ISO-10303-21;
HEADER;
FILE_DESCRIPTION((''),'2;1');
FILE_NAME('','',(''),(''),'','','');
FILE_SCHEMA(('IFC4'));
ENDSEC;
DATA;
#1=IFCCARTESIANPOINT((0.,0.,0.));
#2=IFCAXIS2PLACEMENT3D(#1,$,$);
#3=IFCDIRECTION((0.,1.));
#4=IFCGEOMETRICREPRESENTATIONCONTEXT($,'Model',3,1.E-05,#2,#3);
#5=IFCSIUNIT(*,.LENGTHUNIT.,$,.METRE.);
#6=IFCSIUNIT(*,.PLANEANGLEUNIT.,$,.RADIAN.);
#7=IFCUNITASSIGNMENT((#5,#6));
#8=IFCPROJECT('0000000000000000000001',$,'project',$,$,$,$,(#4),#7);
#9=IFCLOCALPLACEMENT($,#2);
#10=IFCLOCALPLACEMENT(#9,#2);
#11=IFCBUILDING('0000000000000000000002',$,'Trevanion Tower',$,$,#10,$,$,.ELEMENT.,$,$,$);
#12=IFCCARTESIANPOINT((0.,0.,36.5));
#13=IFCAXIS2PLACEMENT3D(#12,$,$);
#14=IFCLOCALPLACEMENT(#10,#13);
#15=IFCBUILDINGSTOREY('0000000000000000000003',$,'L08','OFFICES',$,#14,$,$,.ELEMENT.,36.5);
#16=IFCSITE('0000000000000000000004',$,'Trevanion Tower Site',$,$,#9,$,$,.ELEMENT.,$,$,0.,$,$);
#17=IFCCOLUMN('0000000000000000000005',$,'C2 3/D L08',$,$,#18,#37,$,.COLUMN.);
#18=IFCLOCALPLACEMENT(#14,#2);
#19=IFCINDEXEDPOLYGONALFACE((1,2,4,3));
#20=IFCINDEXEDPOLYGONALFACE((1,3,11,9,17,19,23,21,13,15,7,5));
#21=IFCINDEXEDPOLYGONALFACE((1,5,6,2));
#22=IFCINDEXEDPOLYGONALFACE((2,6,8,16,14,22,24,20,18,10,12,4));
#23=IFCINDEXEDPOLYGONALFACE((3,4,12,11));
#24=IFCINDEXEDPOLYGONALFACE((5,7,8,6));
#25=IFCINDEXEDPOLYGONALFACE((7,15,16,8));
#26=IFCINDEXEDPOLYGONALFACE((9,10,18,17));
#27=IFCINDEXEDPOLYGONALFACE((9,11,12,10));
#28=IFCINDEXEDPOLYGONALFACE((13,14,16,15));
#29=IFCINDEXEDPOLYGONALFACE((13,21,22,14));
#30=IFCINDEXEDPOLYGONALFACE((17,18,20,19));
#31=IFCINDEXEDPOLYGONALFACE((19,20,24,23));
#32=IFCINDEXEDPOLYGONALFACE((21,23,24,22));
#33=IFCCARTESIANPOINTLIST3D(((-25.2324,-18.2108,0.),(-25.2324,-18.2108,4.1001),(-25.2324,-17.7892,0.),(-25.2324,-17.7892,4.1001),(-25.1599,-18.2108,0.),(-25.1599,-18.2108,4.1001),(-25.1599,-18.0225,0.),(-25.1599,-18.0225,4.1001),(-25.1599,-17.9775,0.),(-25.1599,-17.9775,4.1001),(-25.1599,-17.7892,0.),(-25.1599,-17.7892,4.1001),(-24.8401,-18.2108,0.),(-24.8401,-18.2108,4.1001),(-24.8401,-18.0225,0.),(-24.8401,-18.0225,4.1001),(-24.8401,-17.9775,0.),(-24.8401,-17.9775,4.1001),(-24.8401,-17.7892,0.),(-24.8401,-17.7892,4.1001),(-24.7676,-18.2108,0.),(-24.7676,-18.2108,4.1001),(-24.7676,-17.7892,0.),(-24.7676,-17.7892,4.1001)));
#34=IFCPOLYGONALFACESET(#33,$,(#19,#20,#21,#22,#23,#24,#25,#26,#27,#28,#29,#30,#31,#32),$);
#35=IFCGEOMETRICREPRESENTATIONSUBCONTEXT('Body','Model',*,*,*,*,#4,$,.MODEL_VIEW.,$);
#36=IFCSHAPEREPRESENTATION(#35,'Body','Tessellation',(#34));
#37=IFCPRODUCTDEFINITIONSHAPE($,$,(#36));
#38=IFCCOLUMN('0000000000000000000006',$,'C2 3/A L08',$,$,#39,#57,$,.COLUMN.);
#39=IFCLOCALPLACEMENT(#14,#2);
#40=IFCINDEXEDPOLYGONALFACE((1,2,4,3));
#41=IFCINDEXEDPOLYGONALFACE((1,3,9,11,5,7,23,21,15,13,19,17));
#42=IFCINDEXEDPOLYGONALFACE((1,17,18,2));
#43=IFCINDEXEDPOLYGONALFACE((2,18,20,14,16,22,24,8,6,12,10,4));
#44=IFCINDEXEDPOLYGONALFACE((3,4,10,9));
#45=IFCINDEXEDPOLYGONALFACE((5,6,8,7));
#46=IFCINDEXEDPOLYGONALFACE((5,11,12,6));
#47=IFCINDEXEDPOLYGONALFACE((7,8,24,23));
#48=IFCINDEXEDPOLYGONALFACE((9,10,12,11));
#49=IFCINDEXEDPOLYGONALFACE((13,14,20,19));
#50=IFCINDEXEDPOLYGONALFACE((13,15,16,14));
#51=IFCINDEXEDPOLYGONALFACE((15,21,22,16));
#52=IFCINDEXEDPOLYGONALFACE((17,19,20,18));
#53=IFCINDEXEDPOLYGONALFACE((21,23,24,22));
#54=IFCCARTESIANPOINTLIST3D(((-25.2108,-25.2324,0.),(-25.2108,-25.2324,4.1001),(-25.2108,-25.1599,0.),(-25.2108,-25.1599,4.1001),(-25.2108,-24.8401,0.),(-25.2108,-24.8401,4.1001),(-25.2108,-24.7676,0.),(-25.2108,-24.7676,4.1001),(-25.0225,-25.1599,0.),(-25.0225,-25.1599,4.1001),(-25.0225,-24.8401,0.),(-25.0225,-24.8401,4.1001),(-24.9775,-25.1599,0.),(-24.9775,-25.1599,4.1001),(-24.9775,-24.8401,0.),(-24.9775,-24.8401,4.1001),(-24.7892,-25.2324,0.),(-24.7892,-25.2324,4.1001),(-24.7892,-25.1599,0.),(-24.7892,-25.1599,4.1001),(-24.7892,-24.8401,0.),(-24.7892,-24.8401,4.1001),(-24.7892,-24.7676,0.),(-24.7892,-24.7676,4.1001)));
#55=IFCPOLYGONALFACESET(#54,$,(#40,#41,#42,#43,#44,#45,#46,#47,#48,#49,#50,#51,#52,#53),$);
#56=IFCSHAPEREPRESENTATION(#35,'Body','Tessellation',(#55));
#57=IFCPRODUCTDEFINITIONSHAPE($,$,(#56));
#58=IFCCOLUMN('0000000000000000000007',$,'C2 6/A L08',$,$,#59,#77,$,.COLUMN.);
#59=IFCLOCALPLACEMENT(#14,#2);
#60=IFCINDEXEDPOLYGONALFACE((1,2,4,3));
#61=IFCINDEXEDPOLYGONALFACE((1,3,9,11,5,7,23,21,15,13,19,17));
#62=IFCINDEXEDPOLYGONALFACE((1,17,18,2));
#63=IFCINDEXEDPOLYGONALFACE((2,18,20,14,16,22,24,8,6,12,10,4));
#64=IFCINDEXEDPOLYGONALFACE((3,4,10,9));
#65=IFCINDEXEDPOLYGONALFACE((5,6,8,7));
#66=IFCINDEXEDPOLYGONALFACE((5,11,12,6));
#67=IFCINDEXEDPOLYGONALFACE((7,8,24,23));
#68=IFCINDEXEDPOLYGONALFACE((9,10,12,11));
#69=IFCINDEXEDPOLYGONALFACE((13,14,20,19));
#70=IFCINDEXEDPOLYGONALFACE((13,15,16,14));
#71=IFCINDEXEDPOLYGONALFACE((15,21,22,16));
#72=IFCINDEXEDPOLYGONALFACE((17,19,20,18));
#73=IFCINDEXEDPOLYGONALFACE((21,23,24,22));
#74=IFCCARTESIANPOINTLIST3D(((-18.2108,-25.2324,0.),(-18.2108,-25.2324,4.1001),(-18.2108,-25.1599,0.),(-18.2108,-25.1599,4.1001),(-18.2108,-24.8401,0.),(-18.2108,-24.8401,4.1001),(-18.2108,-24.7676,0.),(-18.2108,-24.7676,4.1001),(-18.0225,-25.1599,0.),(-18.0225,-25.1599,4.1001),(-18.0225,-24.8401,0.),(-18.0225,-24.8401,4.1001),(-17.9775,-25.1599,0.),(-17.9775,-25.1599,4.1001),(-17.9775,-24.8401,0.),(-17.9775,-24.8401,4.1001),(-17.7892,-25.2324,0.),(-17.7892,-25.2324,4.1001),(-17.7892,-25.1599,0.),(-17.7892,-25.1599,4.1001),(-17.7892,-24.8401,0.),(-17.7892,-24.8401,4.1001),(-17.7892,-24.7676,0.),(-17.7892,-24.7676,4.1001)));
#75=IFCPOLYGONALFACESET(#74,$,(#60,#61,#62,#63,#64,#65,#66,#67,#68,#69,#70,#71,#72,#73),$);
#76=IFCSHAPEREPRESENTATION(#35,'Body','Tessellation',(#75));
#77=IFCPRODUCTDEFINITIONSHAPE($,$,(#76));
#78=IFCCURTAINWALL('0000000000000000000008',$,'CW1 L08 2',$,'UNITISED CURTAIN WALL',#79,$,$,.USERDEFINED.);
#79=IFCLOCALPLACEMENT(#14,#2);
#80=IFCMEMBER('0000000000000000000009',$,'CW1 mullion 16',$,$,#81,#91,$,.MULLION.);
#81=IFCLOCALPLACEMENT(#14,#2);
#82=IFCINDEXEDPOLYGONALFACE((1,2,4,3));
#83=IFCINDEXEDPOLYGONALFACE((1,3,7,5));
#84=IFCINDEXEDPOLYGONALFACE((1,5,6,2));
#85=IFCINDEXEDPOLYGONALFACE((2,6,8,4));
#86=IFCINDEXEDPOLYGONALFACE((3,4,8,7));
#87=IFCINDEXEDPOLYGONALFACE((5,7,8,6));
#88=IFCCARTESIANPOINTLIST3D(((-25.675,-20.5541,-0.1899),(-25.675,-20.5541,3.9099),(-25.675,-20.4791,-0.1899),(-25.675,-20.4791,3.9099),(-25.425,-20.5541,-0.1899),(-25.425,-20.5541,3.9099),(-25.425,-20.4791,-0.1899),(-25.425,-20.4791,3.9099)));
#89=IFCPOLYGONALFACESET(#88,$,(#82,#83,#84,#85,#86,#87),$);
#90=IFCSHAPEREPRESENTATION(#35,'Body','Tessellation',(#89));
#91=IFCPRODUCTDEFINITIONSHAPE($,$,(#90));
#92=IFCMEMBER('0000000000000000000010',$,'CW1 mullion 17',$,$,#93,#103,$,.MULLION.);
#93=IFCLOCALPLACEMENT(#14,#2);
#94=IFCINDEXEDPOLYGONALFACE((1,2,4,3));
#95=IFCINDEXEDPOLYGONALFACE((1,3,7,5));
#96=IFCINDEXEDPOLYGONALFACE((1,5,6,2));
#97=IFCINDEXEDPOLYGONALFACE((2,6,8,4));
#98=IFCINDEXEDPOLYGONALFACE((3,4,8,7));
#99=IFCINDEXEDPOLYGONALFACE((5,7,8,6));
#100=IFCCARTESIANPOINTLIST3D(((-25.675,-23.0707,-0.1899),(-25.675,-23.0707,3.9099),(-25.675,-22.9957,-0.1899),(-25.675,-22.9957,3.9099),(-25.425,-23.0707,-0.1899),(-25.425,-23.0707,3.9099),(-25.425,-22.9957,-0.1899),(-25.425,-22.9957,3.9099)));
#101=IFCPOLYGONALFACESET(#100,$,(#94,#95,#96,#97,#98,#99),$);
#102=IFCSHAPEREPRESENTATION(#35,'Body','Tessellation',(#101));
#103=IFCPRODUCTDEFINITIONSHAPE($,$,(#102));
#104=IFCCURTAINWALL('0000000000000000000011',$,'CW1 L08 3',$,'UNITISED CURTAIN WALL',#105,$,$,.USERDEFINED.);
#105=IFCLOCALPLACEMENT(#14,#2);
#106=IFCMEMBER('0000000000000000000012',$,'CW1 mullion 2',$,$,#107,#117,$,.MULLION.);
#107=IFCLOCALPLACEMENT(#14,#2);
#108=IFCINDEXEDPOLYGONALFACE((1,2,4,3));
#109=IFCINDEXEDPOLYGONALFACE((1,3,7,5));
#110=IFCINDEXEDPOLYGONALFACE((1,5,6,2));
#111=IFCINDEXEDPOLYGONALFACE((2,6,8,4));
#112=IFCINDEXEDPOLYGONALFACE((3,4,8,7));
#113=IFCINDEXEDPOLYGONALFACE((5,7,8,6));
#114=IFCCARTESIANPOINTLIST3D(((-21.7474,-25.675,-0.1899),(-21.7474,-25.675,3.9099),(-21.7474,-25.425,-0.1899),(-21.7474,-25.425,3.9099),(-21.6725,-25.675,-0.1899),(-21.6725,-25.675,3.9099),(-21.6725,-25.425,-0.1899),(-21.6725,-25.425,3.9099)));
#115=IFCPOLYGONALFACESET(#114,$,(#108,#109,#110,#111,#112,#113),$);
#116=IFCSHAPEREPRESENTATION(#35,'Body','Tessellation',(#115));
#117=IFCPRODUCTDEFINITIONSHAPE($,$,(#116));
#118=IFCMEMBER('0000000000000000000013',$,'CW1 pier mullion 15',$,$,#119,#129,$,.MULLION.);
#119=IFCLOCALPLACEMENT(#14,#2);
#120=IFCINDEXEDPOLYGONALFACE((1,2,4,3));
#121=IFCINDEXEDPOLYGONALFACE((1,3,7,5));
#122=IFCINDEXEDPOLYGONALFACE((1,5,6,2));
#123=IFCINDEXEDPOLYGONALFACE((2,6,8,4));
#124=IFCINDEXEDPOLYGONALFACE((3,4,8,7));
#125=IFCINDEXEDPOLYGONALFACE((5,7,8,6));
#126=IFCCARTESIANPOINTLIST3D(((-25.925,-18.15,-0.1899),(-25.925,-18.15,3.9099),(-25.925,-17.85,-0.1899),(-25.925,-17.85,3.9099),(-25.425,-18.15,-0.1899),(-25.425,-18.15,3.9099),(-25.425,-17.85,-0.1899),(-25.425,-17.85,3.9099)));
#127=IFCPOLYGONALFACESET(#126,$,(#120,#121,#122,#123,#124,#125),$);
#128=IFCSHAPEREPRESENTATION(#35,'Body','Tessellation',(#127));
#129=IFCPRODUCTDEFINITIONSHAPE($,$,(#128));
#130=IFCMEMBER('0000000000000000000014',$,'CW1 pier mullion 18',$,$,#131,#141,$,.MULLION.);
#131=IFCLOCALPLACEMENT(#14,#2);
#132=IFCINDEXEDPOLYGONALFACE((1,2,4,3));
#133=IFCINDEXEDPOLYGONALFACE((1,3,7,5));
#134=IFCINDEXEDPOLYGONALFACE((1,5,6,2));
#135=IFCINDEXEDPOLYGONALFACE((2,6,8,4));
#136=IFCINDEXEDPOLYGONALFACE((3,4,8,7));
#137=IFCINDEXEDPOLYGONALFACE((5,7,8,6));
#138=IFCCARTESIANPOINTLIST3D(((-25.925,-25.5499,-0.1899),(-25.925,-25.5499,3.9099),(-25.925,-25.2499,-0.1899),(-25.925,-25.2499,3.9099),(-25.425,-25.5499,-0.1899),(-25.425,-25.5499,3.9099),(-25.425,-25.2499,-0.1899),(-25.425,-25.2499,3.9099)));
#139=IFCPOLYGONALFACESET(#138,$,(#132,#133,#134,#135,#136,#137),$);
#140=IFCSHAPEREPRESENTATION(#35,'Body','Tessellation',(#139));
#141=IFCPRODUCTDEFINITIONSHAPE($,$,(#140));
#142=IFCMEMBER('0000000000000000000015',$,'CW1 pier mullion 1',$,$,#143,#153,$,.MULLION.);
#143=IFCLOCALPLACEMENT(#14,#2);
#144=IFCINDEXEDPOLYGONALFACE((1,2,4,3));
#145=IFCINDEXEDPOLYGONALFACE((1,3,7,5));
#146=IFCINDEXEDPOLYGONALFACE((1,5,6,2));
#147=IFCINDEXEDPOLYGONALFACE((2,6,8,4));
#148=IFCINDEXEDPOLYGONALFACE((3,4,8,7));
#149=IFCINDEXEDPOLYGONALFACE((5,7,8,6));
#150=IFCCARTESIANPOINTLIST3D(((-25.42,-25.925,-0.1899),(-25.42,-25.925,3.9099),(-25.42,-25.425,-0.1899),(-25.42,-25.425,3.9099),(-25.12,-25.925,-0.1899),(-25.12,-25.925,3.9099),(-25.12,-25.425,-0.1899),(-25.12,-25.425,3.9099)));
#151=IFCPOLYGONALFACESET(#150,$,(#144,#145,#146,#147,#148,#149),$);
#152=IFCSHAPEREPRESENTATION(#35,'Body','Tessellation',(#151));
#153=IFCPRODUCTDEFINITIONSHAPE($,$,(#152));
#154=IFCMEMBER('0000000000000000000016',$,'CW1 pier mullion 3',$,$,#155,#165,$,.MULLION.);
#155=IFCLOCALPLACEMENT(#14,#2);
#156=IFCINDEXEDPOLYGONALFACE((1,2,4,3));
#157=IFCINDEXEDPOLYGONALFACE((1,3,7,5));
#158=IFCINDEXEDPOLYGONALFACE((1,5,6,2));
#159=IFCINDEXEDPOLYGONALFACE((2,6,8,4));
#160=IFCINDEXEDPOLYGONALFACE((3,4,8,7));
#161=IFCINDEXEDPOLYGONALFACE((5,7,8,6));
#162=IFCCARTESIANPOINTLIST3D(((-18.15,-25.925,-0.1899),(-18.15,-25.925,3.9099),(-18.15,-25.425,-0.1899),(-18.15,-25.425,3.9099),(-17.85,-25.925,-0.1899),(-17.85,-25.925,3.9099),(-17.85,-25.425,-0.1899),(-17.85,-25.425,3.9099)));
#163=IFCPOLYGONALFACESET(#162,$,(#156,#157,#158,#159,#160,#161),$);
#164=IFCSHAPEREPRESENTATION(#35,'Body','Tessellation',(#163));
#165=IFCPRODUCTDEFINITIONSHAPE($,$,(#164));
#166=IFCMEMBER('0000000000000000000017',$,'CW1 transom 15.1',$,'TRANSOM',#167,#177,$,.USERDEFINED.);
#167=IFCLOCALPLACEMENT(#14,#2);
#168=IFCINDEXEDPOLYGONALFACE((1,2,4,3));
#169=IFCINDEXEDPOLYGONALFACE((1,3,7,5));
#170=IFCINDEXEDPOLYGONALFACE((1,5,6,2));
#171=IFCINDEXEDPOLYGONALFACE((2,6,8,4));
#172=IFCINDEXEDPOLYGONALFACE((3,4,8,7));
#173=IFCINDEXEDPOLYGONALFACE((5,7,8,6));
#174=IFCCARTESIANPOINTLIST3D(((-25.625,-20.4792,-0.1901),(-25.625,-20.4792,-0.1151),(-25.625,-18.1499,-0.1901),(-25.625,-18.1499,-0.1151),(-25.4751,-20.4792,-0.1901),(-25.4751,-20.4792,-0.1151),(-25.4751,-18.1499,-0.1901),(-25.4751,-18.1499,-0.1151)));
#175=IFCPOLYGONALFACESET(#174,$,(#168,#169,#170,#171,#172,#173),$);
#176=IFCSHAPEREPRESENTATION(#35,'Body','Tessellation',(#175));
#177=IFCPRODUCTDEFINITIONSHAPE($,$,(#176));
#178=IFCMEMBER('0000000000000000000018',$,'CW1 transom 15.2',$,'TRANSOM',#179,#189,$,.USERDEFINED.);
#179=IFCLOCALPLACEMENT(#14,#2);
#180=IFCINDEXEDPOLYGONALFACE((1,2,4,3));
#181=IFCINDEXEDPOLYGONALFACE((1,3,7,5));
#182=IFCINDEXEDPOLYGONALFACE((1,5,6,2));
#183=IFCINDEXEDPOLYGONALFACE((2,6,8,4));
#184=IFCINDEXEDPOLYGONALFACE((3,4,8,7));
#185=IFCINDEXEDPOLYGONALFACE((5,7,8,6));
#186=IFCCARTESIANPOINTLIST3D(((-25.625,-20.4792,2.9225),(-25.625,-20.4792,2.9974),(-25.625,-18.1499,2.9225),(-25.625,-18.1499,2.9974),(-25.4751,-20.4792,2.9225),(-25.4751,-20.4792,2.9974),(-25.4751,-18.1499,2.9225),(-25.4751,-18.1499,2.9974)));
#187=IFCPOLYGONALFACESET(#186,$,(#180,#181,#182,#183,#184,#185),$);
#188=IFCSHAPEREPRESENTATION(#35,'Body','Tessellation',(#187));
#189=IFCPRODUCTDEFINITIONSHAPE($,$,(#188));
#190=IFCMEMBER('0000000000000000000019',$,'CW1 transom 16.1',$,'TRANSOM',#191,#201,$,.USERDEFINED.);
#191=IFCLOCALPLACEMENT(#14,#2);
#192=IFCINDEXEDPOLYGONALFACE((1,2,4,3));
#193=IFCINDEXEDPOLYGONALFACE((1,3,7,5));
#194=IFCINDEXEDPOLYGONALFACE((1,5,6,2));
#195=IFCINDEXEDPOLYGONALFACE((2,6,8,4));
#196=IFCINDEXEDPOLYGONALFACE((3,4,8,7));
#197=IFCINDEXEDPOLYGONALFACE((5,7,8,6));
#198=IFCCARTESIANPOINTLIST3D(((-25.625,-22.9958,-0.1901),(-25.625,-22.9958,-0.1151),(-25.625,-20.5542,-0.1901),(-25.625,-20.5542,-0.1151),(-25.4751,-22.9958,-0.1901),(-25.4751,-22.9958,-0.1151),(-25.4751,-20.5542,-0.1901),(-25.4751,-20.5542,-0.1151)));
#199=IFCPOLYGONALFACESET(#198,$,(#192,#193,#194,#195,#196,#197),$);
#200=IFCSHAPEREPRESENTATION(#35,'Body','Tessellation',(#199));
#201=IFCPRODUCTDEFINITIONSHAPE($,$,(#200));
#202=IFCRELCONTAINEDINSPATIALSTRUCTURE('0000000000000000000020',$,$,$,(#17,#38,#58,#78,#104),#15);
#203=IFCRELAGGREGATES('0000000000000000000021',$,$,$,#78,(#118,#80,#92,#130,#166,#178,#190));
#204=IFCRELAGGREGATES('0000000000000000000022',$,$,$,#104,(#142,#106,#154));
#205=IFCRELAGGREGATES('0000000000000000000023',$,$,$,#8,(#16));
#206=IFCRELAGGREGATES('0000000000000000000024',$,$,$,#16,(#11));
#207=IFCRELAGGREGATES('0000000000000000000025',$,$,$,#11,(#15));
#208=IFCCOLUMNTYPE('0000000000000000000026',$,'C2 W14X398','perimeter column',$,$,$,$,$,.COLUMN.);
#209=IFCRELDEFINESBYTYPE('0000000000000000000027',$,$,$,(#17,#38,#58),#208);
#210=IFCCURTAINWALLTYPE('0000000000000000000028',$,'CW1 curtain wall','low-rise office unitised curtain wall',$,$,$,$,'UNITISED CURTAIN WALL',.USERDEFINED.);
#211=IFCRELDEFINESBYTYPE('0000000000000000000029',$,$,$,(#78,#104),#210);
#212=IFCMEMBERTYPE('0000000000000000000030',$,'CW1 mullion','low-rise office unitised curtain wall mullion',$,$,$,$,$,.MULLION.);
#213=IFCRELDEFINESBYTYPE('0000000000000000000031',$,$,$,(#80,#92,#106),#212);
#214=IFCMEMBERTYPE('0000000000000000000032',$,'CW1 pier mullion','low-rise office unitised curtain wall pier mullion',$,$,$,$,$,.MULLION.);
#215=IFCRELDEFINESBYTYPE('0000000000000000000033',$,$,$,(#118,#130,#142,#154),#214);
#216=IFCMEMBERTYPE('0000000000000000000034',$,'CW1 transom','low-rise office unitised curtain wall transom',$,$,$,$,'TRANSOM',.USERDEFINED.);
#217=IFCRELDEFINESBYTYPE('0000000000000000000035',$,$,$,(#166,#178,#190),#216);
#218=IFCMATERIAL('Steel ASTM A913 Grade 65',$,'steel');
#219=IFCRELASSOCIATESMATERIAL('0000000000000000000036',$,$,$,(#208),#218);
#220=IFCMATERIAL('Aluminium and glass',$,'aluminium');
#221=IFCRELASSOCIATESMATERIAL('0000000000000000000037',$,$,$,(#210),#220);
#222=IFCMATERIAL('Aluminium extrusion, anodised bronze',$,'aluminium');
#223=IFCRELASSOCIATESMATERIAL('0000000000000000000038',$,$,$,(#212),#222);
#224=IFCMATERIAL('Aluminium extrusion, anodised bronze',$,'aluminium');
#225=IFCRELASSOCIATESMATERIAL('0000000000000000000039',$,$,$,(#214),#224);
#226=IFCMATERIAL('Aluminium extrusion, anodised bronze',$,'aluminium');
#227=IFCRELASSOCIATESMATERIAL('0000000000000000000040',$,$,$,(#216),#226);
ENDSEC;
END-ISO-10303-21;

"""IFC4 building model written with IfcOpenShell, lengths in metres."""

from ifc_helpers import new_model, si_unit, direction, frame, origin, origin_2d, place, context, subcontext, project, spatial, rectangle, i_section, extrude, material, material_profile, profile_set, type_object, element, aggregate, save


model = new_model("IFC4")

# Units and contexts
model_context = context("Model", 3, precision=1e-05, world=origin(), true_north=direction((0.0, 1.0)))
body_context = subcontext(model_context, "Body", "Model", "MODEL_VIEW")
ifc_project = project(units=[si_unit("LENGTHUNIT", "METRE"), si_unit("PLANEANGLEUNIT", "RADIAN")], contexts=[model_context])

# Site, building, storey
site_placement = place(None, origin())
site = spatial("IfcSite", under=ifc_project, at=site_placement, Name="Trevanion Tower Site", CompositionType="ELEMENT", RefElevation=0.0)
building_placement = place(site_placement, origin())
building = spatial("IfcBuilding", under=site, at=building_placement, Name="Trevanion Tower", CompositionType="ELEMENT")
storey_placement = place(building_placement, frame((0.0, 0.0, 36.5)))
storey = spatial("IfcBuildingStorey", under=building, at=storey_placement, Name="L08", Description="OFFICES", CompositionType="ELEMENT", Elevation=36.5)

# Columns
ifc_material_1 = material(Name="Steel ASTM A913 Grade 65", Category="steel")
ifc_material_profile_1 = material_profile(ifc_material_1, i_section(OverallWidth=0.4216, OverallDepth=0.4648, WebThickness=0.0449, FlangeThickness=0.0725, at=origin_2d()), Name="W14X398")
ifc_profile_set_1 = profile_set([ifc_material_profile_1], Name="Steel ASTM A913 Grade 65")
column_type = type_object("IfcColumnType", Name="C2 W14X398", Description="perimeter column", PredefinedType="COLUMN", material=ifc_profile_set_1)
for number, where, z_axis, x_axis, name in (
    (1, (-25.0, -18.0, 0.0), (0.0, 0.0, 1.0), (0.0, 1.0, 0.0), "C2 3/D L08"),
    (2, (-25.0, -25.0, 0.0), (0.0, 0.0, 1.0), (1.0, 0.0, 0.0), "C2 3/A L08"),
    (3, (-18.0, -25.0, 0.0), (0.0, 0.0, 1.0), (1.0, 0.0, 0.0), "C2 6/A L08"),
):
    element("IfcColumn", number, at=place(storey_placement, frame(where, z_axis=z_axis, x_axis=x_axis)), inside=storey, type_object=column_type, Name=name, PredefinedType="COLUMN", context=body_context, shape_type="SweptSolid", body=[
        extrude(i_section(OverallWidth=0.4216, OverallDepth=0.4648, WebThickness=0.0449, FlangeThickness=0.0725, at=origin_2d()), origin(), (0.0, 0.0, 1.0), 4.1001),
    ])

# Curtain wall, members
ifc_material_2 = material(Name="Aluminium and glass", Category="aluminium")
curtain_wall_type = type_object("IfcCurtainWallType", Name="CW1 curtain wall", Description="low-rise office unitised curtain wall", ElementType="UNITISED CURTAIN WALL", PredefinedType="USERDEFINED", material=ifc_material_2)
curtain_wall_1_placement = place(storey_placement, origin())
curtain_wall_1 = element("IfcCurtainWall", 4, at=curtain_wall_1_placement, inside=storey, type_object=curtain_wall_type, Name="CW1 L08 2", ObjectType="UNITISED CURTAIN WALL", PredefinedType="USERDEFINED")
ifc_material_3 = material(Name="Aluminium extrusion, anodised bronze", Category="aluminium")
ifc_material_profile_2 = material_profile(ifc_material_3, rectangle(XDim=0.075, YDim=0.25, at=origin_2d()), Name="CW1 mullion")
ifc_profile_set_2 = profile_set([ifc_material_profile_2], Name="Aluminium extrusion, anodised bronze")
member_type_1 = type_object("IfcMemberType", Name="CW1 mullion", Description="low-rise office unitised curtain wall mullion", PredefinedType="MULLION", material=ifc_profile_set_2)
member_1_placement = place(storey_placement, frame((-25.55, -20.5166, -0.1899), z_axis=(0.0, 0.0, 1.0), x_axis=(0.0, -1.0, 0.0)))
member_1 = element("IfcMember", 5, at=member_1_placement, type_object=member_type_1, Name="CW1 mullion 16", PredefinedType="MULLION", context=body_context, shape_type="SweptSolid", body=[
    extrude(rectangle(XDim=0.075, YDim=0.25, at=origin_2d()), origin(), (0.0, 0.0, 1.0), 4.0999),
])
member_2_placement = place(storey_placement, frame((-25.55, -23.0332, -0.1899), z_axis=(0.0, 0.0, 1.0), x_axis=(0.0, -1.0, 0.0)))
member_2 = element("IfcMember", 6, at=member_2_placement, type_object=member_type_1, Name="CW1 mullion 17", PredefinedType="MULLION", context=body_context, shape_type="SweptSolid", body=[
    extrude(rectangle(XDim=0.075, YDim=0.25, at=origin_2d()), origin(), (0.0, 0.0, 1.0), 4.0999),
])

# Curtain wall, member
curtain_wall_2_placement = place(storey_placement, origin())
curtain_wall_2 = element("IfcCurtainWall", 7, at=curtain_wall_2_placement, inside=storey, type_object=curtain_wall_type, Name="CW1 L08 3", ObjectType="UNITISED CURTAIN WALL", PredefinedType="USERDEFINED")
member_3_placement = place(storey_placement, frame((-21.71, -25.55, -0.1899), z_axis=(0.0, 0.0, 1.0), x_axis=(1.0, 0.0, 0.0)))
member_3 = element("IfcMember", 8, at=member_3_placement, type_object=member_type_1, Name="CW1 mullion 2", PredefinedType="MULLION", context=body_context, shape_type="SweptSolid", body=[
    extrude(rectangle(XDim=0.075, YDim=0.25, at=origin_2d()), origin(), (0.0, 0.0, 1.0), 4.0999),
])

# Members
ifc_material_4 = material(Name="Aluminium extrusion, anodised bronze", Category="aluminium")
ifc_material_profile_3 = material_profile(ifc_material_4, rectangle(XDim=0.3, YDim=0.5, at=origin_2d()), Name="CW1 pier mullion")
ifc_profile_set_3 = profile_set([ifc_material_profile_3], Name="Aluminium extrusion, anodised bronze")
member_type_2 = type_object("IfcMemberType", Name="CW1 pier mullion", Description="low-rise office unitised curtain wall pier mullion", PredefinedType="MULLION", material=ifc_profile_set_3)
member_4_placement = place(storey_placement, frame((-25.675, -18.0, -0.1899), z_axis=(0.0, 0.0, 1.0), x_axis=(0.0, -1.0, 0.0)))
member_4 = element("IfcMember", 9, at=member_4_placement, type_object=member_type_2, Name="CW1 pier mullion 15", PredefinedType="MULLION", context=body_context, shape_type="SweptSolid", body=[
    extrude(rectangle(XDim=0.3, YDim=0.5, at=origin_2d()), origin(), (0.0, 0.0, 1.0), 4.0999),
])
member_5_placement = place(storey_placement, frame((-25.675, -25.3999, -0.1899), z_axis=(0.0, 0.0, 1.0), x_axis=(0.0, -1.0, 0.0)))
member_5 = element("IfcMember", 10, at=member_5_placement, type_object=member_type_2, Name="CW1 pier mullion 18", PredefinedType="MULLION", context=body_context, shape_type="SweptSolid", body=[
    extrude(rectangle(XDim=0.3, YDim=0.5, at=origin_2d()), origin(), (0.0, 0.0, 1.0), 4.0999),
])
member_6_placement = place(storey_placement, frame((-25.27, -25.675, -0.1899), z_axis=(0.0, 0.0, 1.0), x_axis=(1.0, 0.0, 0.0)))
member_6 = element("IfcMember", 11, at=member_6_placement, type_object=member_type_2, Name="CW1 pier mullion 1", PredefinedType="MULLION", context=body_context, shape_type="SweptSolid", body=[
    extrude(rectangle(XDim=0.3, YDim=0.5, at=origin_2d()), origin(), (0.0, 0.0, 1.0), 4.0999),
])
member_7_placement = place(storey_placement, frame((-18.0, -25.675, -0.1899), z_axis=(0.0, 0.0, 1.0), x_axis=(1.0, 0.0, 0.0)))
member_7 = element("IfcMember", 12, at=member_7_placement, type_object=member_type_2, Name="CW1 pier mullion 3", PredefinedType="MULLION", context=body_context, shape_type="SweptSolid", body=[
    extrude(rectangle(XDim=0.3, YDim=0.5, at=origin_2d()), origin(), (0.0, 0.0, 1.0), 4.0999),
])
ifc_material_5 = material(Name="Aluminium extrusion, anodised bronze", Category="aluminium")
ifc_material_profile_4 = material_profile(ifc_material_5, rectangle(XDim=0.1499, YDim=0.075, at=origin_2d()), Name="CW1 transom")
ifc_profile_set_4 = profile_set([ifc_material_profile_4], Name="Aluminium extrusion, anodised bronze")
member_type_3 = type_object("IfcMemberType", Name="CW1 transom", Description="low-rise office unitised curtain wall transom", ElementType="TRANSOM", PredefinedType="USERDEFINED", material=ifc_profile_set_4)
member_8_placement = place(storey_placement, frame((-25.55, -18.1499, -0.1526), z_axis=(0.0, -1.0, 0.0), x_axis=(1.0, 0.0, 0.0)))
member_8 = element("IfcMember", 13, at=member_8_placement, type_object=member_type_3, Name="CW1 transom 15.1", ObjectType="TRANSOM", PredefinedType="USERDEFINED", context=body_context, shape_type="SweptSolid", body=[
    extrude(rectangle(XDim=0.1499, YDim=0.075, at=origin_2d()), origin(), (0.0, 0.0, 1.0), 2.3293),
])
member_9_placement = place(storey_placement, frame((-25.55, -18.1499, 2.96), z_axis=(0.0, -1.0, 0.0), x_axis=(1.0, 0.0, 0.0)))
member_9 = element("IfcMember", 14, at=member_9_placement, type_object=member_type_3, Name="CW1 transom 15.2", ObjectType="TRANSOM", PredefinedType="USERDEFINED", context=body_context, shape_type="SweptSolid", body=[
    extrude(rectangle(XDim=0.1499, YDim=0.075, at=origin_2d()), origin(), (0.0, 0.0, 1.0), 2.3293),
])
member_10_placement = place(storey_placement, frame((-25.55, -20.5542, -0.1526), z_axis=(0.0, -1.0, 0.0), x_axis=(1.0, 0.0, 0.0)))
member_10 = element("IfcMember", 15, at=member_10_placement, type_object=member_type_3, Name="CW1 transom 16.1", ObjectType="TRANSOM", PredefinedType="USERDEFINED", context=body_context, shape_type="SweptSolid", body=[
    extrude(rectangle(XDim=0.1499, YDim=0.075, at=origin_2d()), origin(), (0.0, 0.0, 1.0), 2.4417),
])

aggregate(curtain_wall_1, [member_4, member_1, member_2, member_5, member_8, member_9, member_10])
aggregate(curtain_wall_2, [member_6, member_3, member_7])

save(model, "model.ifc")
